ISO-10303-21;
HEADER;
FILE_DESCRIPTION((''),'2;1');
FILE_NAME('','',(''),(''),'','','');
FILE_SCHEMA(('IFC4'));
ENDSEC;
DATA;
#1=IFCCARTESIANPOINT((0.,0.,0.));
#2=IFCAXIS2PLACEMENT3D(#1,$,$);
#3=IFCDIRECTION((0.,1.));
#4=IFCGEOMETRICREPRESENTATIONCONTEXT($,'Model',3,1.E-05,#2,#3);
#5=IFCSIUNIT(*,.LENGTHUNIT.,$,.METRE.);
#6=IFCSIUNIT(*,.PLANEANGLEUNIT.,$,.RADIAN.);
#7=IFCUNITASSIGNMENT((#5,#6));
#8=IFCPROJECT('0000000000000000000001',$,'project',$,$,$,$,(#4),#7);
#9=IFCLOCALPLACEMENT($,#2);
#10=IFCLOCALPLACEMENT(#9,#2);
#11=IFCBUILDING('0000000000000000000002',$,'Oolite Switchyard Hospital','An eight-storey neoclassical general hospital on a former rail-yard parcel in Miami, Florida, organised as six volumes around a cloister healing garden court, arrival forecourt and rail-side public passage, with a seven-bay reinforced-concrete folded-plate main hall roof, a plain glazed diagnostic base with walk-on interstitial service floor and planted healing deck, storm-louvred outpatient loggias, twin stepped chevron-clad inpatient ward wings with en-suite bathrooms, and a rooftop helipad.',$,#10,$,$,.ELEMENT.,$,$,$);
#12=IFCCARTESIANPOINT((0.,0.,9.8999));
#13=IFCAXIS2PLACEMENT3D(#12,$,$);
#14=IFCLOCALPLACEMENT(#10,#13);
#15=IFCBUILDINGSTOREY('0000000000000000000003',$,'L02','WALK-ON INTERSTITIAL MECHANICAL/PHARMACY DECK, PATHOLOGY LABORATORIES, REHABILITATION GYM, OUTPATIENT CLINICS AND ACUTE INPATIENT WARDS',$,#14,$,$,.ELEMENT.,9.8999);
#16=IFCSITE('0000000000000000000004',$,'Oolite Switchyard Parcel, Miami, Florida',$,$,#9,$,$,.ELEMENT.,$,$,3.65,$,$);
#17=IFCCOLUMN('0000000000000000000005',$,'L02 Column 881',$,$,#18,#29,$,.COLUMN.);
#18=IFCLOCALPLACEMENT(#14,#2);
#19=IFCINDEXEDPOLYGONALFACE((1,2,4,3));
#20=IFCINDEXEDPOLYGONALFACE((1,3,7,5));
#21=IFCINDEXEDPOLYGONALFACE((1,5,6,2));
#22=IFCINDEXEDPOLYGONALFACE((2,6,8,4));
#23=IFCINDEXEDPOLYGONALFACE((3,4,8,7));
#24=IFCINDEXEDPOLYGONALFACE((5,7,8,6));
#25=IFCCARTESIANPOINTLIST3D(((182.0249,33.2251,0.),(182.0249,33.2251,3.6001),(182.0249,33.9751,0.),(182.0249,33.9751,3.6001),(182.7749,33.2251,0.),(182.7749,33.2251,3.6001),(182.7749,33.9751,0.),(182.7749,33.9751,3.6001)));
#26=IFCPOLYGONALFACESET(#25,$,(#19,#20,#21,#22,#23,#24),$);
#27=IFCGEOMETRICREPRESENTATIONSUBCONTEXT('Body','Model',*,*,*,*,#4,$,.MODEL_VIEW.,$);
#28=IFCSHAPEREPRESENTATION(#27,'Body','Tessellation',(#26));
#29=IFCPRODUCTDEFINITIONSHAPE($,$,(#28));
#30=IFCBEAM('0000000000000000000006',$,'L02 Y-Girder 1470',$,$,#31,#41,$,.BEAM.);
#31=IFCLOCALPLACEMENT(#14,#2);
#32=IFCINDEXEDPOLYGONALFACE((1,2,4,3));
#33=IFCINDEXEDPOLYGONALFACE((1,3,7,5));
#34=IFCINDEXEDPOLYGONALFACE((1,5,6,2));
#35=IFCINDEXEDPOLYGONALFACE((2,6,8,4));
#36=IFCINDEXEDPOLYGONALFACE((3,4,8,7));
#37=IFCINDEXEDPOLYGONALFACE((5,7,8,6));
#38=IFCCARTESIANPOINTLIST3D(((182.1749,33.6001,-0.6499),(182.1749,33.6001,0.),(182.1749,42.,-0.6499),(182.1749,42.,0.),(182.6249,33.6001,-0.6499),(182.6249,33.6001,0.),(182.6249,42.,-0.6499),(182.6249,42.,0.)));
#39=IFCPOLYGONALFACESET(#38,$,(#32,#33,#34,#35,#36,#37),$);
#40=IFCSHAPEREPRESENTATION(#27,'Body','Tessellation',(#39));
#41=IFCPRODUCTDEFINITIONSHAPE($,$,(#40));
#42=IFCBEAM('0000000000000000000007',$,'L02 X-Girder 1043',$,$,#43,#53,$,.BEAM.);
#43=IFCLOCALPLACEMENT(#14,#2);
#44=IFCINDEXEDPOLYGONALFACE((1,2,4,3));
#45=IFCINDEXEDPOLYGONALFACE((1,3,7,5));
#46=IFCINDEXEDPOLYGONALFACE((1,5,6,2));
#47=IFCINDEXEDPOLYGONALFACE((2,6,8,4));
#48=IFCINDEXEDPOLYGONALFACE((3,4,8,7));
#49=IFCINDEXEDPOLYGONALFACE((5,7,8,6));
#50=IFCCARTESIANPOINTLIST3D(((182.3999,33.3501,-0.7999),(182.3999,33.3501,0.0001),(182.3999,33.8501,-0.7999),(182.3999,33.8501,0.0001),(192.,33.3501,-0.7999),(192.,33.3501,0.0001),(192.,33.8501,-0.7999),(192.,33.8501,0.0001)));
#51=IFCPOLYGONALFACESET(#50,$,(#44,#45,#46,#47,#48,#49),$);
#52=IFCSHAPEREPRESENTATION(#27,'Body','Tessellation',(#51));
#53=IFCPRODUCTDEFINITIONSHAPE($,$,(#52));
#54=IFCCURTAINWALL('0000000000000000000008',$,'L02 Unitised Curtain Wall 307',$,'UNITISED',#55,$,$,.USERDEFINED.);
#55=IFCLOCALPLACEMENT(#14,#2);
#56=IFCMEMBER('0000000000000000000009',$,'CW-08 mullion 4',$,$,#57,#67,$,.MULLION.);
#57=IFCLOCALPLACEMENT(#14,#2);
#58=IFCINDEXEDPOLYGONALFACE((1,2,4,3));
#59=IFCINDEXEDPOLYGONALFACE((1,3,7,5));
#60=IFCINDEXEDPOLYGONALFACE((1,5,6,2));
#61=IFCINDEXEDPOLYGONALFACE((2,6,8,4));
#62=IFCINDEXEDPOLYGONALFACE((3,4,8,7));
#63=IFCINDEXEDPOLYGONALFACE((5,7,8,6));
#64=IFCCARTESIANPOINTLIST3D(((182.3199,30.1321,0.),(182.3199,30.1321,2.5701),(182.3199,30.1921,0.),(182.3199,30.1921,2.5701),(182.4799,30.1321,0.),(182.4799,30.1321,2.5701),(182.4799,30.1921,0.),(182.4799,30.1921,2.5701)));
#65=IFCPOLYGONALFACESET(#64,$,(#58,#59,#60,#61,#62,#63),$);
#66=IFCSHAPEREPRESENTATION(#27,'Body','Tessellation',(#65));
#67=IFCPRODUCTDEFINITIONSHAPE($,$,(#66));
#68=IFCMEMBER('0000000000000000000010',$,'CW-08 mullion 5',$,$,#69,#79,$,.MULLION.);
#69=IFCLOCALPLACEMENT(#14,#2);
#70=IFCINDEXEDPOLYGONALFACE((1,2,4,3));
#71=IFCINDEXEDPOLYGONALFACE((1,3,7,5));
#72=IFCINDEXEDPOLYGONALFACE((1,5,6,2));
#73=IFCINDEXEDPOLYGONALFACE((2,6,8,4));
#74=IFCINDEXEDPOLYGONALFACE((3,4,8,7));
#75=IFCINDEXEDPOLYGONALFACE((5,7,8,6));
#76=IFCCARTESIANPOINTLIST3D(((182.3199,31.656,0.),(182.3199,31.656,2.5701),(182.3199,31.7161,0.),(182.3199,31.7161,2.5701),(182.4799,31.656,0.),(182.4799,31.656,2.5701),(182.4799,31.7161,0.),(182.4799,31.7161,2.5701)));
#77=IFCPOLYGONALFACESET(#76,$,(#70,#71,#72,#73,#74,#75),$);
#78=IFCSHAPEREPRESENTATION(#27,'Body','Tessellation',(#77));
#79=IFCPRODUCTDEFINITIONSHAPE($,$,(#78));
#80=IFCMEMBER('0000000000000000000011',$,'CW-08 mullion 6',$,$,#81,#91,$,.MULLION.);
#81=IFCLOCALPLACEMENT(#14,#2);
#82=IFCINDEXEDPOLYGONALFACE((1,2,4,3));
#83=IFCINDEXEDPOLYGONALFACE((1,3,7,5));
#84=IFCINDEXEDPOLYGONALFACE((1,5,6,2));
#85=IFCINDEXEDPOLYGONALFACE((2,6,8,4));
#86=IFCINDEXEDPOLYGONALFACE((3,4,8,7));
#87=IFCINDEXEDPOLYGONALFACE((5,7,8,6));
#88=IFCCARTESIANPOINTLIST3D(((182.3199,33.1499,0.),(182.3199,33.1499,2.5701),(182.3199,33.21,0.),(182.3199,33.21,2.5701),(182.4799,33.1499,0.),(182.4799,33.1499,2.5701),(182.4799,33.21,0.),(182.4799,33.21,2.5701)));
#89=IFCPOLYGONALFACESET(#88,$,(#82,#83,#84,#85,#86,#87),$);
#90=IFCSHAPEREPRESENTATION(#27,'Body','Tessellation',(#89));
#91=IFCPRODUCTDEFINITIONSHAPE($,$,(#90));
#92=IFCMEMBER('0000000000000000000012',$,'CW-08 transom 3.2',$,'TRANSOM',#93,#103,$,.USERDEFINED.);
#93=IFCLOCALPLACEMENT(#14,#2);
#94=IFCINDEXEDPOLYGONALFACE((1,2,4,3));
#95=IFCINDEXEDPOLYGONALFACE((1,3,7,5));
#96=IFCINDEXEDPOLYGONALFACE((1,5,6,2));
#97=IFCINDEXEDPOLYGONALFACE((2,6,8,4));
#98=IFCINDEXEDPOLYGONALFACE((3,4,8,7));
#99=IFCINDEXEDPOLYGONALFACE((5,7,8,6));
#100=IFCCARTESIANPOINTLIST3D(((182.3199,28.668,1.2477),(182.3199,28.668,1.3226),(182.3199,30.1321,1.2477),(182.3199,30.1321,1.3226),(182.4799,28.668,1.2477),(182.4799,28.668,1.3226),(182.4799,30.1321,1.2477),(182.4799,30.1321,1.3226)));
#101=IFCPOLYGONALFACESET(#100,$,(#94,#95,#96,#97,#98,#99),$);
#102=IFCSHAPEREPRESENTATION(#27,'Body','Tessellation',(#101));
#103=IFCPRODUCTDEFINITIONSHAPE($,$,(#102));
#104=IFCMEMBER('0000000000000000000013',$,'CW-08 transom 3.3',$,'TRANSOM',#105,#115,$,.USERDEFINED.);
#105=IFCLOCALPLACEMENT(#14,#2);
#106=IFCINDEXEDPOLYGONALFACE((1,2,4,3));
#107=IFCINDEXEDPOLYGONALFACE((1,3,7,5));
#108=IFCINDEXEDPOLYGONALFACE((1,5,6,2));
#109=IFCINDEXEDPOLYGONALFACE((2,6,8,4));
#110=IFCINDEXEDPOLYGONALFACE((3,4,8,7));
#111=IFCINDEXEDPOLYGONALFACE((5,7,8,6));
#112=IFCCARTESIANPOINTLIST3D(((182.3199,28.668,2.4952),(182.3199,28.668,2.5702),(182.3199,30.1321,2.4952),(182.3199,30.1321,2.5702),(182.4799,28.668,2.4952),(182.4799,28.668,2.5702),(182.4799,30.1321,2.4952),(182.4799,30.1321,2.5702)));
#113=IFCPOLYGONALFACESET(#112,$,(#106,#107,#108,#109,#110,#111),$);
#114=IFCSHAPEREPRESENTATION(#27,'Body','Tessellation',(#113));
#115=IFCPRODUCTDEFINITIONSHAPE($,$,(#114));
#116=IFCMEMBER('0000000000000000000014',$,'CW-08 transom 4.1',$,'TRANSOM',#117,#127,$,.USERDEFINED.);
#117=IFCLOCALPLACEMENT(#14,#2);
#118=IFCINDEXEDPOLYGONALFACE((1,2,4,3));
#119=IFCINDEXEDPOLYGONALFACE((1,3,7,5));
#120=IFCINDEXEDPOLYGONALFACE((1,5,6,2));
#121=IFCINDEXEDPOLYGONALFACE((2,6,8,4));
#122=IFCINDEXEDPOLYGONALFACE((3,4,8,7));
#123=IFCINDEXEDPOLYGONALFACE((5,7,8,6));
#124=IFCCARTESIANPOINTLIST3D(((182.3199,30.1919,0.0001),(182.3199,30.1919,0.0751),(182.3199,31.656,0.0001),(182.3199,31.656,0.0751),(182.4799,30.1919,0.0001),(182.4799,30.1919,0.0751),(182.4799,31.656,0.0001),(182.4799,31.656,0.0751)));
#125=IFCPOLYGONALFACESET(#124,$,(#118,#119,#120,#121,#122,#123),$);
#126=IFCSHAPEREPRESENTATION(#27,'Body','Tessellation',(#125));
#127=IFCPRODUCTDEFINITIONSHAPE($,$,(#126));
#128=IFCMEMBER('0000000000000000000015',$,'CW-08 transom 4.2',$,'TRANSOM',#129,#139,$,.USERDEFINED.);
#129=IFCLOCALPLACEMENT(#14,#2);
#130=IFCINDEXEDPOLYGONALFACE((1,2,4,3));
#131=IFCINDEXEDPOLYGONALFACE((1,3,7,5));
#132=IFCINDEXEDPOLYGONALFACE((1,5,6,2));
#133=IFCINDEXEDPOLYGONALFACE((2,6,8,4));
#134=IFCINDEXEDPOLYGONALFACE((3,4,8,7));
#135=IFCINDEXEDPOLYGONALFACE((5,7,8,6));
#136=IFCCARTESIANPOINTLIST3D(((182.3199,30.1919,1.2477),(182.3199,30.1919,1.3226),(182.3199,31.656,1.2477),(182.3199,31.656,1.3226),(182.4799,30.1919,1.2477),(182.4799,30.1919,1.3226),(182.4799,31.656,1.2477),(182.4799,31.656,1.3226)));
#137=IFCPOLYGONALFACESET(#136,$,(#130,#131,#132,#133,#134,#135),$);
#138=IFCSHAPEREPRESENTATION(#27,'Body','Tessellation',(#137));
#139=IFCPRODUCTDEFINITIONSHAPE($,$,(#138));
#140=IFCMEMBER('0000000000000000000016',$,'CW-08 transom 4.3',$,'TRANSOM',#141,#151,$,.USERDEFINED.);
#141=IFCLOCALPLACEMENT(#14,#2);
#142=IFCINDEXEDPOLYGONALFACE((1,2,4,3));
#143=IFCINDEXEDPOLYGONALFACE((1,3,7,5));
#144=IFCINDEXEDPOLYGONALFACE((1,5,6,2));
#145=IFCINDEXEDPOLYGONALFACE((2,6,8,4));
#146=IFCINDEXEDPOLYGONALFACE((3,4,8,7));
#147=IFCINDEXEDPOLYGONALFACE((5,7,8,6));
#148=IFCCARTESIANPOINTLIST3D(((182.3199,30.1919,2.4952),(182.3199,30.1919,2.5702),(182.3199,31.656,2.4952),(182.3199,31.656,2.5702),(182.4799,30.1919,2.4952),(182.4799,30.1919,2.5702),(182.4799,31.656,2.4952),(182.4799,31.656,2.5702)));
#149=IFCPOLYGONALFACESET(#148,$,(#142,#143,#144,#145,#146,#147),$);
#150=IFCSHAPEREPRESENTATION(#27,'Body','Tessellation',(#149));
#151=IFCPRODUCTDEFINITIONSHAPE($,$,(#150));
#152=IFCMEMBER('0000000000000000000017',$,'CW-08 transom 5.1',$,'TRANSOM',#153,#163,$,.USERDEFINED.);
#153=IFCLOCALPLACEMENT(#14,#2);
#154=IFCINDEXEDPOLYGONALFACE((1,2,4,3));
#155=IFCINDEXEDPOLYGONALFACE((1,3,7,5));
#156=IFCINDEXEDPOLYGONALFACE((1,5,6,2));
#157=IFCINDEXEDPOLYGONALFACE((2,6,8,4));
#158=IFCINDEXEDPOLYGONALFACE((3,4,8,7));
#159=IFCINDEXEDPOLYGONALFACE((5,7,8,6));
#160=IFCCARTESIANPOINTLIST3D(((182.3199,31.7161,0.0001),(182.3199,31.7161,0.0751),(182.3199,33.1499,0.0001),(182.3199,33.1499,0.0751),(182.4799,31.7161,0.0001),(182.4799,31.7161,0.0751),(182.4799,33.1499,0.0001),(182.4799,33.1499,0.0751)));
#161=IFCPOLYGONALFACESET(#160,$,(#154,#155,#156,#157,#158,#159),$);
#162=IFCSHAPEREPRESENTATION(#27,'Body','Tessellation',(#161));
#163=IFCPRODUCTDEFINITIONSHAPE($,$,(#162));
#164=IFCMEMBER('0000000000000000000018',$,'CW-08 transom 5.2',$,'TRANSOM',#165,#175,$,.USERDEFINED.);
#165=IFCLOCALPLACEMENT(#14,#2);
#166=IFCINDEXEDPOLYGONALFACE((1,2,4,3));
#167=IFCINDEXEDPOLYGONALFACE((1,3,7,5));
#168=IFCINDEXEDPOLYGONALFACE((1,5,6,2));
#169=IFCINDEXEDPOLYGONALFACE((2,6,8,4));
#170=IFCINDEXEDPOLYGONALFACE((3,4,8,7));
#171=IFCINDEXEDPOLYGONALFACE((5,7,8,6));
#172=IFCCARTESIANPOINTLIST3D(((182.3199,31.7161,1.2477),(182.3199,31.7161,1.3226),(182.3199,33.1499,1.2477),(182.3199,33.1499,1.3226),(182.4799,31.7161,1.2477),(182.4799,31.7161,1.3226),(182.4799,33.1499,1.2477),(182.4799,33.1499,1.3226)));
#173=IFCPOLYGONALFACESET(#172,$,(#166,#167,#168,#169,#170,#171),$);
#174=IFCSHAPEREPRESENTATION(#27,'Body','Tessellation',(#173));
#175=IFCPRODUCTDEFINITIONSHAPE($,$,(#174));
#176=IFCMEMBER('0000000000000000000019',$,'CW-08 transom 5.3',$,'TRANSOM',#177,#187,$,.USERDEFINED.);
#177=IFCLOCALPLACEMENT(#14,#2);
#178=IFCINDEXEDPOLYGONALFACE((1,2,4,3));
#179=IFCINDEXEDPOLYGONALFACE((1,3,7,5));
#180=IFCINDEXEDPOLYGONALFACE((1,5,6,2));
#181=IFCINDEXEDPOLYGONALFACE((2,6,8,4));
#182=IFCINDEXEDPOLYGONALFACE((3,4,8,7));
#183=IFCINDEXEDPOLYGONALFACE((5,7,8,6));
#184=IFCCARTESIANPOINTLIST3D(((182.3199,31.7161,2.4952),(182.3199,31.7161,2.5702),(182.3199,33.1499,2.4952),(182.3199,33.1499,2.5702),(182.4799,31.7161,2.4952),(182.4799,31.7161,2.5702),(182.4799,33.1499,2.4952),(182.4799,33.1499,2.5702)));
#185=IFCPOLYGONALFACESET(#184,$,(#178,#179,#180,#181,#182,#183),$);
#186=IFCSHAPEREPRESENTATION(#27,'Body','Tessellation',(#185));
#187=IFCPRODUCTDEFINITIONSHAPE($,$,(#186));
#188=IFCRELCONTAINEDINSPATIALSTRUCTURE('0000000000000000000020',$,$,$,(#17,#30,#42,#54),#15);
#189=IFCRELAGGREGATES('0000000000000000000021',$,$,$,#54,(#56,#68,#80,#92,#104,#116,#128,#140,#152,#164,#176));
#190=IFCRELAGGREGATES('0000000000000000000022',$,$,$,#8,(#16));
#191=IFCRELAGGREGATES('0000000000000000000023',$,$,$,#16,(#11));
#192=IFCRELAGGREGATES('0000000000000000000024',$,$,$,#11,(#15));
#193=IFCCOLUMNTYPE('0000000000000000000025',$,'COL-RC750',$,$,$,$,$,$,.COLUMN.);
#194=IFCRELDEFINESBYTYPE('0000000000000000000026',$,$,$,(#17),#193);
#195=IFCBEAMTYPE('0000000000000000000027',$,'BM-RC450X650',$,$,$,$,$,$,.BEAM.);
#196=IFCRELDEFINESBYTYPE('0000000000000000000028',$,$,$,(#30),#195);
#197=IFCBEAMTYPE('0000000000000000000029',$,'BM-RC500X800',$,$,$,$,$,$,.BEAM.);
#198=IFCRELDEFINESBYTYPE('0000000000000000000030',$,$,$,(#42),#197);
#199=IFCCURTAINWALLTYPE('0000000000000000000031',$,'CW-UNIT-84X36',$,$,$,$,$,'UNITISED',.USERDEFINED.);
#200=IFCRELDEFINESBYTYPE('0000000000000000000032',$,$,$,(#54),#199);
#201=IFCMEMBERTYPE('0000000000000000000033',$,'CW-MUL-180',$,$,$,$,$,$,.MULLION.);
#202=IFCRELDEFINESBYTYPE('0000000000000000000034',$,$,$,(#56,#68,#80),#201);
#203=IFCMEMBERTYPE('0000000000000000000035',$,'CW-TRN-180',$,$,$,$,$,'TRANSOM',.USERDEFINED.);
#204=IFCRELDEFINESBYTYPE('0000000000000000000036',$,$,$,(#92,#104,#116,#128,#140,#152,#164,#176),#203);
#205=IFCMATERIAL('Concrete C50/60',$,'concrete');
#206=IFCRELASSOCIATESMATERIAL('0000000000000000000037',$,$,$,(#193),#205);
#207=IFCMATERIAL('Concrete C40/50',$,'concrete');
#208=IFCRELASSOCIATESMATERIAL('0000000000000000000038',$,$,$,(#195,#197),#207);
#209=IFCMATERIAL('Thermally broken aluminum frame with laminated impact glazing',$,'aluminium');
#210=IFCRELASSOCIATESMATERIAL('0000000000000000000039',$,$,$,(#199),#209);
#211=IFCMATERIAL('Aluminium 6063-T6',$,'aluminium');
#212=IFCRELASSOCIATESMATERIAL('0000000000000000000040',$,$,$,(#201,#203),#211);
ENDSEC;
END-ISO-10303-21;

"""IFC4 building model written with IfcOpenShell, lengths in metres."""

from ifc_helpers import new_model, si_unit, direction, frame, origin, origin_2d, place, context, subcontext, project, spatial, rectangle, extrude, material, material_profile, profile_set, type_object, element, aggregate, save


model = new_model("IFC4")

# Units and contexts
model_context = context("Model", 3, precision=1e-05, world=origin(), true_north=direction((0.0, 1.0)))
body_context = subcontext(model_context, "Body", "Model", "MODEL_VIEW")
ifc_project = project(units=[si_unit("LENGTHUNIT", "METRE"), si_unit("PLANEANGLEUNIT", "RADIAN")], contexts=[model_context])

# Site, building, storey
site_placement = place(None, origin())
site = spatial("IfcSite", under=ifc_project, at=site_placement, Name="Oolite Switchyard Parcel, Miami, Florida", CompositionType="ELEMENT", RefElevation=3.65)
building_placement = place(site_placement, origin())
building = spatial("IfcBuilding", under=site, at=building_placement, Name="Oolite Switchyard Hospital", Description="An eight-storey neoclassical general hospital on a former rail-yard parcel in Miami, Florida, organised as six volumes around a cloister healing garden court, arrival forecourt and rail-side public passage, with a seven-bay reinforced-concrete folded-plate main hall roof, a plain glazed diagnostic base with walk-on interstitial service floor and planted healing deck, storm-louvred outpatient loggias, twin stepped chevron-clad inpatient ward wings with en-suite bathrooms, and a rooftop helipad.", CompositionType="ELEMENT")
storey_placement = place(building_placement, frame((0.0, 0.0, 9.8999)))
storey = spatial("IfcBuildingStorey", under=building, at=storey_placement, Name="L02", Description="WALK-ON INTERSTITIAL MECHANICAL/PHARMACY DECK, PATHOLOGY LABORATORIES, REHABILITATION GYM, OUTPATIENT CLINICS AND ACUTE INPATIENT WARDS", CompositionType="ELEMENT", Elevation=9.8999)

# Column
ifc_material_1 = material(Name="Concrete C50/60", Category="concrete")
ifc_material_profile_1 = material_profile(ifc_material_1, rectangle(XDim=0.75, YDim=0.75, at=origin_2d()), Name="RC750X750")
ifc_profile_set_1 = profile_set([ifc_material_profile_1], Name="Concrete C50/60")
column_type = type_object("IfcColumnType", Name="COL-RC750", PredefinedType="COLUMN", material=ifc_profile_set_1)
column_placement = place(storey_placement, frame((182.3999, 33.6001, 0.0), z_axis=(0.0, 0.0, 1.0), x_axis=(1.0, 0.0, 0.0)))
element("IfcColumn", 1, at=column_placement, inside=storey, type_object=column_type, Name="L02 Column 881", PredefinedType="COLUMN", context=body_context, shape_type="SweptSolid", body=[
    extrude(rectangle(XDim=0.75, YDim=0.75, at=origin_2d()), origin(), (0.0, 0.0, 1.0), 3.6001),
])

# Beams
ifc_material_2 = material(Name="Concrete C40/50", Category="concrete")
ifc_material_profile_2 = material_profile(ifc_material_2, rectangle(XDim=0.45, YDim=0.6499, at=origin_2d()), Name="RCB450X650")
ifc_profile_set_2 = profile_set([ifc_material_profile_2], Name="Concrete C40/50")
beam_type_1 = type_object("IfcBeamType", Name="BM-RC450X650", PredefinedType="BEAM", material=ifc_profile_set_2)
beam_1_placement = place(storey_placement, frame((182.3999, 33.6001, -0.325), z_axis=(0.0, 1.0, 0.0), x_axis=(-1.0, 0.0, 0.0)))
element("IfcBeam", 2, at=beam_1_placement, inside=storey, type_object=beam_type_1, Name="L02 Y-Girder 1470", PredefinedType="BEAM", context=body_context, shape_type="SweptSolid", body=[
    extrude(rectangle(XDim=0.45, YDim=0.6499, at=origin_2d()), origin(), (0.0, 0.0, 1.0), 8.3999),
])
ifc_material_profile_3 = material_profile(ifc_material_2, rectangle(XDim=0.5, YDim=0.8, at=origin_2d()), Name="RCB500X800")
ifc_profile_set_3 = profile_set([ifc_material_profile_3], Name="Concrete C40/50")
beam_type_2 = type_object("IfcBeamType", Name="BM-RC500X800", PredefinedType="BEAM", material=ifc_profile_set_3)
beam_2_placement = place(storey_placement, frame((182.3999, 33.6001, -0.3999), z_axis=(1.0, 0.0, 0.0), x_axis=(0.0, 1.0, 0.0)))
element("IfcBeam", 3, at=beam_2_placement, inside=storey, type_object=beam_type_2, Name="L02 X-Girder 1043", PredefinedType="BEAM", context=body_context, shape_type="SweptSolid", body=[
    extrude(rectangle(XDim=0.5, YDim=0.8, at=origin_2d()), origin(), (0.0, 0.0, 1.0), 9.6001),
])

# Curtain wall, members
ifc_material_3 = material(Name="Thermally broken aluminum frame with laminated impact glazing", Category="aluminium")
curtain_wall_type = type_object("IfcCurtainWallType", Name="CW-UNIT-84X36", ElementType="UNITISED", PredefinedType="USERDEFINED", material=ifc_material_3)
curtain_wall_placement = place(storey_placement, origin())
curtain_wall = element("IfcCurtainWall", 4, at=curtain_wall_placement, inside=storey, type_object=curtain_wall_type, Name="L02 Unitised Curtain Wall 307", ObjectType="UNITISED", PredefinedType="USERDEFINED")
ifc_material_4 = material(Name="Aluminium 6063-T6", Category="aluminium")
ifc_material_profile_4 = material_profile(ifc_material_4, rectangle(XDim=0.1599, YDim=0.0601, at=origin_2d()), Name="CWM60X160")
ifc_profile_set_4 = profile_set([ifc_material_profile_4], Name="Aluminium 6063-T6")
member_type_1 = type_object("IfcMemberType", Name="CW-MUL-180", PredefinedType="MULLION", material=ifc_profile_set_4)
member_1_placement = place(storey_placement, frame((182.3999, 30.1621, 0.0), z_axis=(0.0, 0.0, 1.0), x_axis=(-1.0, 0.0, 0.0)))
member_1 = element("IfcMember", 5, at=member_1_placement, type_object=member_type_1, Name="CW-08 mullion 4", PredefinedType="MULLION", context=body_context, shape_type="SweptSolid", body=[
    extrude(rectangle(XDim=0.1599, YDim=0.0601, at=origin_2d()), origin(), (0.0, 0.0, 1.0), 2.5701),
])
member_2_placement = place(storey_placement, frame((182.3999, 31.686, 0.0), z_axis=(0.0, 0.0, 1.0), x_axis=(-1.0, 0.0, 0.0)))
member_2 = element("IfcMember", 6, at=member_2_placement, type_object=member_type_1, Name="CW-08 mullion 5", PredefinedType="MULLION", context=body_context, shape_type="SweptSolid", body=[
    extrude(rectangle(XDim=0.1599, YDim=0.0601, at=origin_2d()), origin(), (0.0, 0.0, 1.0), 2.5701),
])
member_3_placement = place(storey_placement, frame((182.3999, 33.1799, 0.0), z_axis=(0.0, 0.0, 1.0), x_axis=(-1.0, 0.0, 0.0)))
member_3 = element("IfcMember", 7, at=member_3_placement, type_object=member_type_1, Name="CW-08 mullion 6", PredefinedType="MULLION", context=body_context, shape_type="SweptSolid", body=[
    extrude(rectangle(XDim=0.1599, YDim=0.0601, at=origin_2d()), origin(), (0.0, 0.0, 1.0), 2.5701),
])
ifc_material_profile_5 = material_profile(ifc_material_4, rectangle(XDim=0.1599, YDim=0.075, at=origin_2d()), Name="CWT75X160")
ifc_profile_set_5 = profile_set([ifc_material_profile_5], Name="Aluminium 6063-T6")
member_type_2 = type_object("IfcMemberType", Name="CW-TRN-180", ElementType="TRANSOM", PredefinedType="USERDEFINED", material=ifc_profile_set_5)
member_4_placement = place(storey_placement, frame((182.3999, 28.668, 1.2852), z_axis=(0.0, 1.0, 0.0), x_axis=(-1.0, 0.0, 0.0)))
member_4 = element("IfcMember", 8, at=member_4_placement, type_object=member_type_2, Name="CW-08 transom 3.2", ObjectType="TRANSOM", PredefinedType="USERDEFINED", context=body_context, shape_type="SweptSolid", body=[
    extrude(rectangle(XDim=0.1599, YDim=0.075, at=origin_2d()), origin(), (0.0, 0.0, 1.0), 1.4641),
])
member_5_placement = place(storey_placement, frame((182.3999, 28.668, 2.5327), z_axis=(0.0, 1.0, 0.0), x_axis=(-1.0, 0.0, 0.0)))
member_5 = element("IfcMember", 9, at=member_5_placement, type_object=member_type_2, Name="CW-08 transom 3.3", ObjectType="TRANSOM", PredefinedType="USERDEFINED", context=body_context, shape_type="SweptSolid", body=[
    extrude(rectangle(XDim=0.1599, YDim=0.075, at=origin_2d()), origin(), (0.0, 0.0, 1.0), 1.4641),
])
member_6_placement = place(storey_placement, frame((182.3999, 30.1919, 0.0376), z_axis=(0.0, 1.0, 0.0), x_axis=(-1.0, 0.0, 0.0)))
member_6 = element("IfcMember", 10, at=member_6_placement, type_object=member_type_2, Name="CW-08 transom 4.1", ObjectType="TRANSOM", PredefinedType="USERDEFINED", context=body_context, shape_type="SweptSolid", body=[
    extrude(rectangle(XDim=0.1599, YDim=0.075, at=origin_2d()), origin(), (0.0, 0.0, 1.0), 1.4641),
])
member_7_placement = place(storey_placement, frame((182.3999, 30.1919, 1.2852), z_axis=(0.0, 1.0, 0.0), x_axis=(-1.0, 0.0, 0.0)))
member_7 = element("IfcMember", 11, at=member_7_placement, type_object=member_type_2, Name="CW-08 transom 4.2", ObjectType="TRANSOM", PredefinedType="USERDEFINED", context=body_context, shape_type="SweptSolid", body=[
    extrude(rectangle(XDim=0.1599, YDim=0.075, at=origin_2d()), origin(), (0.0, 0.0, 1.0), 1.4641),
])
member_8_placement = place(storey_placement, frame((182.3999, 30.1919, 2.5327), z_axis=(0.0, 1.0, 0.0), x_axis=(-1.0, 0.0, 0.0)))
member_8 = element("IfcMember", 12, at=member_8_placement, type_object=member_type_2, Name="CW-08 transom 4.3", ObjectType="TRANSOM", PredefinedType="USERDEFINED", context=body_context, shape_type="SweptSolid", body=[
    extrude(rectangle(XDim=0.1599, YDim=0.075, at=origin_2d()), origin(), (0.0, 0.0, 1.0), 1.4641),
])
member_9_placement = place(storey_placement, frame((182.3999, 31.7161, 0.0376), z_axis=(0.0, 1.0, 0.0), x_axis=(-1.0, 0.0, 0.0)))
member_9 = element("IfcMember", 13, at=member_9_placement, type_object=member_type_2, Name="CW-08 transom 5.1", ObjectType="TRANSOM", PredefinedType="USERDEFINED", context=body_context, shape_type="SweptSolid", body=[
    extrude(rectangle(XDim=0.1599, YDim=0.075, at=origin_2d()), origin(), (0.0, 0.0, 1.0), 1.4338),
])
member_10_placement = place(storey_placement, frame((182.3999, 31.7161, 1.2852), z_axis=(0.0, 1.0, 0.0), x_axis=(-1.0, 0.0, 0.0)))
member_10 = element("IfcMember", 14, at=member_10_placement, type_object=member_type_2, Name="CW-08 transom 5.2", ObjectType="TRANSOM", PredefinedType="USERDEFINED", context=body_context, shape_type="SweptSolid", body=[
    extrude(rectangle(XDim=0.1599, YDim=0.075, at=origin_2d()), origin(), (0.0, 0.0, 1.0), 1.4338),
])
member_11_placement = place(storey_placement, frame((182.3999, 31.7161, 2.5327), z_axis=(0.0, 1.0, 0.0), x_axis=(-1.0, 0.0, 0.0)))
member_11 = element("IfcMember", 15, at=member_11_placement, type_object=member_type_2, Name="CW-08 transom 5.3", ObjectType="TRANSOM", PredefinedType="USERDEFINED", context=body_context, shape_type="SweptSolid", body=[
    extrude(rectangle(XDim=0.1599, YDim=0.075, at=origin_2d()), origin(), (0.0, 0.0, 1.0), 1.4338),
])
aggregate(curtain_wall, [member_1, member_2, member_3, member_4, member_5, member_6, member_7, member_8, member_9, member_10, member_11])

save(model, "model.ifc")
